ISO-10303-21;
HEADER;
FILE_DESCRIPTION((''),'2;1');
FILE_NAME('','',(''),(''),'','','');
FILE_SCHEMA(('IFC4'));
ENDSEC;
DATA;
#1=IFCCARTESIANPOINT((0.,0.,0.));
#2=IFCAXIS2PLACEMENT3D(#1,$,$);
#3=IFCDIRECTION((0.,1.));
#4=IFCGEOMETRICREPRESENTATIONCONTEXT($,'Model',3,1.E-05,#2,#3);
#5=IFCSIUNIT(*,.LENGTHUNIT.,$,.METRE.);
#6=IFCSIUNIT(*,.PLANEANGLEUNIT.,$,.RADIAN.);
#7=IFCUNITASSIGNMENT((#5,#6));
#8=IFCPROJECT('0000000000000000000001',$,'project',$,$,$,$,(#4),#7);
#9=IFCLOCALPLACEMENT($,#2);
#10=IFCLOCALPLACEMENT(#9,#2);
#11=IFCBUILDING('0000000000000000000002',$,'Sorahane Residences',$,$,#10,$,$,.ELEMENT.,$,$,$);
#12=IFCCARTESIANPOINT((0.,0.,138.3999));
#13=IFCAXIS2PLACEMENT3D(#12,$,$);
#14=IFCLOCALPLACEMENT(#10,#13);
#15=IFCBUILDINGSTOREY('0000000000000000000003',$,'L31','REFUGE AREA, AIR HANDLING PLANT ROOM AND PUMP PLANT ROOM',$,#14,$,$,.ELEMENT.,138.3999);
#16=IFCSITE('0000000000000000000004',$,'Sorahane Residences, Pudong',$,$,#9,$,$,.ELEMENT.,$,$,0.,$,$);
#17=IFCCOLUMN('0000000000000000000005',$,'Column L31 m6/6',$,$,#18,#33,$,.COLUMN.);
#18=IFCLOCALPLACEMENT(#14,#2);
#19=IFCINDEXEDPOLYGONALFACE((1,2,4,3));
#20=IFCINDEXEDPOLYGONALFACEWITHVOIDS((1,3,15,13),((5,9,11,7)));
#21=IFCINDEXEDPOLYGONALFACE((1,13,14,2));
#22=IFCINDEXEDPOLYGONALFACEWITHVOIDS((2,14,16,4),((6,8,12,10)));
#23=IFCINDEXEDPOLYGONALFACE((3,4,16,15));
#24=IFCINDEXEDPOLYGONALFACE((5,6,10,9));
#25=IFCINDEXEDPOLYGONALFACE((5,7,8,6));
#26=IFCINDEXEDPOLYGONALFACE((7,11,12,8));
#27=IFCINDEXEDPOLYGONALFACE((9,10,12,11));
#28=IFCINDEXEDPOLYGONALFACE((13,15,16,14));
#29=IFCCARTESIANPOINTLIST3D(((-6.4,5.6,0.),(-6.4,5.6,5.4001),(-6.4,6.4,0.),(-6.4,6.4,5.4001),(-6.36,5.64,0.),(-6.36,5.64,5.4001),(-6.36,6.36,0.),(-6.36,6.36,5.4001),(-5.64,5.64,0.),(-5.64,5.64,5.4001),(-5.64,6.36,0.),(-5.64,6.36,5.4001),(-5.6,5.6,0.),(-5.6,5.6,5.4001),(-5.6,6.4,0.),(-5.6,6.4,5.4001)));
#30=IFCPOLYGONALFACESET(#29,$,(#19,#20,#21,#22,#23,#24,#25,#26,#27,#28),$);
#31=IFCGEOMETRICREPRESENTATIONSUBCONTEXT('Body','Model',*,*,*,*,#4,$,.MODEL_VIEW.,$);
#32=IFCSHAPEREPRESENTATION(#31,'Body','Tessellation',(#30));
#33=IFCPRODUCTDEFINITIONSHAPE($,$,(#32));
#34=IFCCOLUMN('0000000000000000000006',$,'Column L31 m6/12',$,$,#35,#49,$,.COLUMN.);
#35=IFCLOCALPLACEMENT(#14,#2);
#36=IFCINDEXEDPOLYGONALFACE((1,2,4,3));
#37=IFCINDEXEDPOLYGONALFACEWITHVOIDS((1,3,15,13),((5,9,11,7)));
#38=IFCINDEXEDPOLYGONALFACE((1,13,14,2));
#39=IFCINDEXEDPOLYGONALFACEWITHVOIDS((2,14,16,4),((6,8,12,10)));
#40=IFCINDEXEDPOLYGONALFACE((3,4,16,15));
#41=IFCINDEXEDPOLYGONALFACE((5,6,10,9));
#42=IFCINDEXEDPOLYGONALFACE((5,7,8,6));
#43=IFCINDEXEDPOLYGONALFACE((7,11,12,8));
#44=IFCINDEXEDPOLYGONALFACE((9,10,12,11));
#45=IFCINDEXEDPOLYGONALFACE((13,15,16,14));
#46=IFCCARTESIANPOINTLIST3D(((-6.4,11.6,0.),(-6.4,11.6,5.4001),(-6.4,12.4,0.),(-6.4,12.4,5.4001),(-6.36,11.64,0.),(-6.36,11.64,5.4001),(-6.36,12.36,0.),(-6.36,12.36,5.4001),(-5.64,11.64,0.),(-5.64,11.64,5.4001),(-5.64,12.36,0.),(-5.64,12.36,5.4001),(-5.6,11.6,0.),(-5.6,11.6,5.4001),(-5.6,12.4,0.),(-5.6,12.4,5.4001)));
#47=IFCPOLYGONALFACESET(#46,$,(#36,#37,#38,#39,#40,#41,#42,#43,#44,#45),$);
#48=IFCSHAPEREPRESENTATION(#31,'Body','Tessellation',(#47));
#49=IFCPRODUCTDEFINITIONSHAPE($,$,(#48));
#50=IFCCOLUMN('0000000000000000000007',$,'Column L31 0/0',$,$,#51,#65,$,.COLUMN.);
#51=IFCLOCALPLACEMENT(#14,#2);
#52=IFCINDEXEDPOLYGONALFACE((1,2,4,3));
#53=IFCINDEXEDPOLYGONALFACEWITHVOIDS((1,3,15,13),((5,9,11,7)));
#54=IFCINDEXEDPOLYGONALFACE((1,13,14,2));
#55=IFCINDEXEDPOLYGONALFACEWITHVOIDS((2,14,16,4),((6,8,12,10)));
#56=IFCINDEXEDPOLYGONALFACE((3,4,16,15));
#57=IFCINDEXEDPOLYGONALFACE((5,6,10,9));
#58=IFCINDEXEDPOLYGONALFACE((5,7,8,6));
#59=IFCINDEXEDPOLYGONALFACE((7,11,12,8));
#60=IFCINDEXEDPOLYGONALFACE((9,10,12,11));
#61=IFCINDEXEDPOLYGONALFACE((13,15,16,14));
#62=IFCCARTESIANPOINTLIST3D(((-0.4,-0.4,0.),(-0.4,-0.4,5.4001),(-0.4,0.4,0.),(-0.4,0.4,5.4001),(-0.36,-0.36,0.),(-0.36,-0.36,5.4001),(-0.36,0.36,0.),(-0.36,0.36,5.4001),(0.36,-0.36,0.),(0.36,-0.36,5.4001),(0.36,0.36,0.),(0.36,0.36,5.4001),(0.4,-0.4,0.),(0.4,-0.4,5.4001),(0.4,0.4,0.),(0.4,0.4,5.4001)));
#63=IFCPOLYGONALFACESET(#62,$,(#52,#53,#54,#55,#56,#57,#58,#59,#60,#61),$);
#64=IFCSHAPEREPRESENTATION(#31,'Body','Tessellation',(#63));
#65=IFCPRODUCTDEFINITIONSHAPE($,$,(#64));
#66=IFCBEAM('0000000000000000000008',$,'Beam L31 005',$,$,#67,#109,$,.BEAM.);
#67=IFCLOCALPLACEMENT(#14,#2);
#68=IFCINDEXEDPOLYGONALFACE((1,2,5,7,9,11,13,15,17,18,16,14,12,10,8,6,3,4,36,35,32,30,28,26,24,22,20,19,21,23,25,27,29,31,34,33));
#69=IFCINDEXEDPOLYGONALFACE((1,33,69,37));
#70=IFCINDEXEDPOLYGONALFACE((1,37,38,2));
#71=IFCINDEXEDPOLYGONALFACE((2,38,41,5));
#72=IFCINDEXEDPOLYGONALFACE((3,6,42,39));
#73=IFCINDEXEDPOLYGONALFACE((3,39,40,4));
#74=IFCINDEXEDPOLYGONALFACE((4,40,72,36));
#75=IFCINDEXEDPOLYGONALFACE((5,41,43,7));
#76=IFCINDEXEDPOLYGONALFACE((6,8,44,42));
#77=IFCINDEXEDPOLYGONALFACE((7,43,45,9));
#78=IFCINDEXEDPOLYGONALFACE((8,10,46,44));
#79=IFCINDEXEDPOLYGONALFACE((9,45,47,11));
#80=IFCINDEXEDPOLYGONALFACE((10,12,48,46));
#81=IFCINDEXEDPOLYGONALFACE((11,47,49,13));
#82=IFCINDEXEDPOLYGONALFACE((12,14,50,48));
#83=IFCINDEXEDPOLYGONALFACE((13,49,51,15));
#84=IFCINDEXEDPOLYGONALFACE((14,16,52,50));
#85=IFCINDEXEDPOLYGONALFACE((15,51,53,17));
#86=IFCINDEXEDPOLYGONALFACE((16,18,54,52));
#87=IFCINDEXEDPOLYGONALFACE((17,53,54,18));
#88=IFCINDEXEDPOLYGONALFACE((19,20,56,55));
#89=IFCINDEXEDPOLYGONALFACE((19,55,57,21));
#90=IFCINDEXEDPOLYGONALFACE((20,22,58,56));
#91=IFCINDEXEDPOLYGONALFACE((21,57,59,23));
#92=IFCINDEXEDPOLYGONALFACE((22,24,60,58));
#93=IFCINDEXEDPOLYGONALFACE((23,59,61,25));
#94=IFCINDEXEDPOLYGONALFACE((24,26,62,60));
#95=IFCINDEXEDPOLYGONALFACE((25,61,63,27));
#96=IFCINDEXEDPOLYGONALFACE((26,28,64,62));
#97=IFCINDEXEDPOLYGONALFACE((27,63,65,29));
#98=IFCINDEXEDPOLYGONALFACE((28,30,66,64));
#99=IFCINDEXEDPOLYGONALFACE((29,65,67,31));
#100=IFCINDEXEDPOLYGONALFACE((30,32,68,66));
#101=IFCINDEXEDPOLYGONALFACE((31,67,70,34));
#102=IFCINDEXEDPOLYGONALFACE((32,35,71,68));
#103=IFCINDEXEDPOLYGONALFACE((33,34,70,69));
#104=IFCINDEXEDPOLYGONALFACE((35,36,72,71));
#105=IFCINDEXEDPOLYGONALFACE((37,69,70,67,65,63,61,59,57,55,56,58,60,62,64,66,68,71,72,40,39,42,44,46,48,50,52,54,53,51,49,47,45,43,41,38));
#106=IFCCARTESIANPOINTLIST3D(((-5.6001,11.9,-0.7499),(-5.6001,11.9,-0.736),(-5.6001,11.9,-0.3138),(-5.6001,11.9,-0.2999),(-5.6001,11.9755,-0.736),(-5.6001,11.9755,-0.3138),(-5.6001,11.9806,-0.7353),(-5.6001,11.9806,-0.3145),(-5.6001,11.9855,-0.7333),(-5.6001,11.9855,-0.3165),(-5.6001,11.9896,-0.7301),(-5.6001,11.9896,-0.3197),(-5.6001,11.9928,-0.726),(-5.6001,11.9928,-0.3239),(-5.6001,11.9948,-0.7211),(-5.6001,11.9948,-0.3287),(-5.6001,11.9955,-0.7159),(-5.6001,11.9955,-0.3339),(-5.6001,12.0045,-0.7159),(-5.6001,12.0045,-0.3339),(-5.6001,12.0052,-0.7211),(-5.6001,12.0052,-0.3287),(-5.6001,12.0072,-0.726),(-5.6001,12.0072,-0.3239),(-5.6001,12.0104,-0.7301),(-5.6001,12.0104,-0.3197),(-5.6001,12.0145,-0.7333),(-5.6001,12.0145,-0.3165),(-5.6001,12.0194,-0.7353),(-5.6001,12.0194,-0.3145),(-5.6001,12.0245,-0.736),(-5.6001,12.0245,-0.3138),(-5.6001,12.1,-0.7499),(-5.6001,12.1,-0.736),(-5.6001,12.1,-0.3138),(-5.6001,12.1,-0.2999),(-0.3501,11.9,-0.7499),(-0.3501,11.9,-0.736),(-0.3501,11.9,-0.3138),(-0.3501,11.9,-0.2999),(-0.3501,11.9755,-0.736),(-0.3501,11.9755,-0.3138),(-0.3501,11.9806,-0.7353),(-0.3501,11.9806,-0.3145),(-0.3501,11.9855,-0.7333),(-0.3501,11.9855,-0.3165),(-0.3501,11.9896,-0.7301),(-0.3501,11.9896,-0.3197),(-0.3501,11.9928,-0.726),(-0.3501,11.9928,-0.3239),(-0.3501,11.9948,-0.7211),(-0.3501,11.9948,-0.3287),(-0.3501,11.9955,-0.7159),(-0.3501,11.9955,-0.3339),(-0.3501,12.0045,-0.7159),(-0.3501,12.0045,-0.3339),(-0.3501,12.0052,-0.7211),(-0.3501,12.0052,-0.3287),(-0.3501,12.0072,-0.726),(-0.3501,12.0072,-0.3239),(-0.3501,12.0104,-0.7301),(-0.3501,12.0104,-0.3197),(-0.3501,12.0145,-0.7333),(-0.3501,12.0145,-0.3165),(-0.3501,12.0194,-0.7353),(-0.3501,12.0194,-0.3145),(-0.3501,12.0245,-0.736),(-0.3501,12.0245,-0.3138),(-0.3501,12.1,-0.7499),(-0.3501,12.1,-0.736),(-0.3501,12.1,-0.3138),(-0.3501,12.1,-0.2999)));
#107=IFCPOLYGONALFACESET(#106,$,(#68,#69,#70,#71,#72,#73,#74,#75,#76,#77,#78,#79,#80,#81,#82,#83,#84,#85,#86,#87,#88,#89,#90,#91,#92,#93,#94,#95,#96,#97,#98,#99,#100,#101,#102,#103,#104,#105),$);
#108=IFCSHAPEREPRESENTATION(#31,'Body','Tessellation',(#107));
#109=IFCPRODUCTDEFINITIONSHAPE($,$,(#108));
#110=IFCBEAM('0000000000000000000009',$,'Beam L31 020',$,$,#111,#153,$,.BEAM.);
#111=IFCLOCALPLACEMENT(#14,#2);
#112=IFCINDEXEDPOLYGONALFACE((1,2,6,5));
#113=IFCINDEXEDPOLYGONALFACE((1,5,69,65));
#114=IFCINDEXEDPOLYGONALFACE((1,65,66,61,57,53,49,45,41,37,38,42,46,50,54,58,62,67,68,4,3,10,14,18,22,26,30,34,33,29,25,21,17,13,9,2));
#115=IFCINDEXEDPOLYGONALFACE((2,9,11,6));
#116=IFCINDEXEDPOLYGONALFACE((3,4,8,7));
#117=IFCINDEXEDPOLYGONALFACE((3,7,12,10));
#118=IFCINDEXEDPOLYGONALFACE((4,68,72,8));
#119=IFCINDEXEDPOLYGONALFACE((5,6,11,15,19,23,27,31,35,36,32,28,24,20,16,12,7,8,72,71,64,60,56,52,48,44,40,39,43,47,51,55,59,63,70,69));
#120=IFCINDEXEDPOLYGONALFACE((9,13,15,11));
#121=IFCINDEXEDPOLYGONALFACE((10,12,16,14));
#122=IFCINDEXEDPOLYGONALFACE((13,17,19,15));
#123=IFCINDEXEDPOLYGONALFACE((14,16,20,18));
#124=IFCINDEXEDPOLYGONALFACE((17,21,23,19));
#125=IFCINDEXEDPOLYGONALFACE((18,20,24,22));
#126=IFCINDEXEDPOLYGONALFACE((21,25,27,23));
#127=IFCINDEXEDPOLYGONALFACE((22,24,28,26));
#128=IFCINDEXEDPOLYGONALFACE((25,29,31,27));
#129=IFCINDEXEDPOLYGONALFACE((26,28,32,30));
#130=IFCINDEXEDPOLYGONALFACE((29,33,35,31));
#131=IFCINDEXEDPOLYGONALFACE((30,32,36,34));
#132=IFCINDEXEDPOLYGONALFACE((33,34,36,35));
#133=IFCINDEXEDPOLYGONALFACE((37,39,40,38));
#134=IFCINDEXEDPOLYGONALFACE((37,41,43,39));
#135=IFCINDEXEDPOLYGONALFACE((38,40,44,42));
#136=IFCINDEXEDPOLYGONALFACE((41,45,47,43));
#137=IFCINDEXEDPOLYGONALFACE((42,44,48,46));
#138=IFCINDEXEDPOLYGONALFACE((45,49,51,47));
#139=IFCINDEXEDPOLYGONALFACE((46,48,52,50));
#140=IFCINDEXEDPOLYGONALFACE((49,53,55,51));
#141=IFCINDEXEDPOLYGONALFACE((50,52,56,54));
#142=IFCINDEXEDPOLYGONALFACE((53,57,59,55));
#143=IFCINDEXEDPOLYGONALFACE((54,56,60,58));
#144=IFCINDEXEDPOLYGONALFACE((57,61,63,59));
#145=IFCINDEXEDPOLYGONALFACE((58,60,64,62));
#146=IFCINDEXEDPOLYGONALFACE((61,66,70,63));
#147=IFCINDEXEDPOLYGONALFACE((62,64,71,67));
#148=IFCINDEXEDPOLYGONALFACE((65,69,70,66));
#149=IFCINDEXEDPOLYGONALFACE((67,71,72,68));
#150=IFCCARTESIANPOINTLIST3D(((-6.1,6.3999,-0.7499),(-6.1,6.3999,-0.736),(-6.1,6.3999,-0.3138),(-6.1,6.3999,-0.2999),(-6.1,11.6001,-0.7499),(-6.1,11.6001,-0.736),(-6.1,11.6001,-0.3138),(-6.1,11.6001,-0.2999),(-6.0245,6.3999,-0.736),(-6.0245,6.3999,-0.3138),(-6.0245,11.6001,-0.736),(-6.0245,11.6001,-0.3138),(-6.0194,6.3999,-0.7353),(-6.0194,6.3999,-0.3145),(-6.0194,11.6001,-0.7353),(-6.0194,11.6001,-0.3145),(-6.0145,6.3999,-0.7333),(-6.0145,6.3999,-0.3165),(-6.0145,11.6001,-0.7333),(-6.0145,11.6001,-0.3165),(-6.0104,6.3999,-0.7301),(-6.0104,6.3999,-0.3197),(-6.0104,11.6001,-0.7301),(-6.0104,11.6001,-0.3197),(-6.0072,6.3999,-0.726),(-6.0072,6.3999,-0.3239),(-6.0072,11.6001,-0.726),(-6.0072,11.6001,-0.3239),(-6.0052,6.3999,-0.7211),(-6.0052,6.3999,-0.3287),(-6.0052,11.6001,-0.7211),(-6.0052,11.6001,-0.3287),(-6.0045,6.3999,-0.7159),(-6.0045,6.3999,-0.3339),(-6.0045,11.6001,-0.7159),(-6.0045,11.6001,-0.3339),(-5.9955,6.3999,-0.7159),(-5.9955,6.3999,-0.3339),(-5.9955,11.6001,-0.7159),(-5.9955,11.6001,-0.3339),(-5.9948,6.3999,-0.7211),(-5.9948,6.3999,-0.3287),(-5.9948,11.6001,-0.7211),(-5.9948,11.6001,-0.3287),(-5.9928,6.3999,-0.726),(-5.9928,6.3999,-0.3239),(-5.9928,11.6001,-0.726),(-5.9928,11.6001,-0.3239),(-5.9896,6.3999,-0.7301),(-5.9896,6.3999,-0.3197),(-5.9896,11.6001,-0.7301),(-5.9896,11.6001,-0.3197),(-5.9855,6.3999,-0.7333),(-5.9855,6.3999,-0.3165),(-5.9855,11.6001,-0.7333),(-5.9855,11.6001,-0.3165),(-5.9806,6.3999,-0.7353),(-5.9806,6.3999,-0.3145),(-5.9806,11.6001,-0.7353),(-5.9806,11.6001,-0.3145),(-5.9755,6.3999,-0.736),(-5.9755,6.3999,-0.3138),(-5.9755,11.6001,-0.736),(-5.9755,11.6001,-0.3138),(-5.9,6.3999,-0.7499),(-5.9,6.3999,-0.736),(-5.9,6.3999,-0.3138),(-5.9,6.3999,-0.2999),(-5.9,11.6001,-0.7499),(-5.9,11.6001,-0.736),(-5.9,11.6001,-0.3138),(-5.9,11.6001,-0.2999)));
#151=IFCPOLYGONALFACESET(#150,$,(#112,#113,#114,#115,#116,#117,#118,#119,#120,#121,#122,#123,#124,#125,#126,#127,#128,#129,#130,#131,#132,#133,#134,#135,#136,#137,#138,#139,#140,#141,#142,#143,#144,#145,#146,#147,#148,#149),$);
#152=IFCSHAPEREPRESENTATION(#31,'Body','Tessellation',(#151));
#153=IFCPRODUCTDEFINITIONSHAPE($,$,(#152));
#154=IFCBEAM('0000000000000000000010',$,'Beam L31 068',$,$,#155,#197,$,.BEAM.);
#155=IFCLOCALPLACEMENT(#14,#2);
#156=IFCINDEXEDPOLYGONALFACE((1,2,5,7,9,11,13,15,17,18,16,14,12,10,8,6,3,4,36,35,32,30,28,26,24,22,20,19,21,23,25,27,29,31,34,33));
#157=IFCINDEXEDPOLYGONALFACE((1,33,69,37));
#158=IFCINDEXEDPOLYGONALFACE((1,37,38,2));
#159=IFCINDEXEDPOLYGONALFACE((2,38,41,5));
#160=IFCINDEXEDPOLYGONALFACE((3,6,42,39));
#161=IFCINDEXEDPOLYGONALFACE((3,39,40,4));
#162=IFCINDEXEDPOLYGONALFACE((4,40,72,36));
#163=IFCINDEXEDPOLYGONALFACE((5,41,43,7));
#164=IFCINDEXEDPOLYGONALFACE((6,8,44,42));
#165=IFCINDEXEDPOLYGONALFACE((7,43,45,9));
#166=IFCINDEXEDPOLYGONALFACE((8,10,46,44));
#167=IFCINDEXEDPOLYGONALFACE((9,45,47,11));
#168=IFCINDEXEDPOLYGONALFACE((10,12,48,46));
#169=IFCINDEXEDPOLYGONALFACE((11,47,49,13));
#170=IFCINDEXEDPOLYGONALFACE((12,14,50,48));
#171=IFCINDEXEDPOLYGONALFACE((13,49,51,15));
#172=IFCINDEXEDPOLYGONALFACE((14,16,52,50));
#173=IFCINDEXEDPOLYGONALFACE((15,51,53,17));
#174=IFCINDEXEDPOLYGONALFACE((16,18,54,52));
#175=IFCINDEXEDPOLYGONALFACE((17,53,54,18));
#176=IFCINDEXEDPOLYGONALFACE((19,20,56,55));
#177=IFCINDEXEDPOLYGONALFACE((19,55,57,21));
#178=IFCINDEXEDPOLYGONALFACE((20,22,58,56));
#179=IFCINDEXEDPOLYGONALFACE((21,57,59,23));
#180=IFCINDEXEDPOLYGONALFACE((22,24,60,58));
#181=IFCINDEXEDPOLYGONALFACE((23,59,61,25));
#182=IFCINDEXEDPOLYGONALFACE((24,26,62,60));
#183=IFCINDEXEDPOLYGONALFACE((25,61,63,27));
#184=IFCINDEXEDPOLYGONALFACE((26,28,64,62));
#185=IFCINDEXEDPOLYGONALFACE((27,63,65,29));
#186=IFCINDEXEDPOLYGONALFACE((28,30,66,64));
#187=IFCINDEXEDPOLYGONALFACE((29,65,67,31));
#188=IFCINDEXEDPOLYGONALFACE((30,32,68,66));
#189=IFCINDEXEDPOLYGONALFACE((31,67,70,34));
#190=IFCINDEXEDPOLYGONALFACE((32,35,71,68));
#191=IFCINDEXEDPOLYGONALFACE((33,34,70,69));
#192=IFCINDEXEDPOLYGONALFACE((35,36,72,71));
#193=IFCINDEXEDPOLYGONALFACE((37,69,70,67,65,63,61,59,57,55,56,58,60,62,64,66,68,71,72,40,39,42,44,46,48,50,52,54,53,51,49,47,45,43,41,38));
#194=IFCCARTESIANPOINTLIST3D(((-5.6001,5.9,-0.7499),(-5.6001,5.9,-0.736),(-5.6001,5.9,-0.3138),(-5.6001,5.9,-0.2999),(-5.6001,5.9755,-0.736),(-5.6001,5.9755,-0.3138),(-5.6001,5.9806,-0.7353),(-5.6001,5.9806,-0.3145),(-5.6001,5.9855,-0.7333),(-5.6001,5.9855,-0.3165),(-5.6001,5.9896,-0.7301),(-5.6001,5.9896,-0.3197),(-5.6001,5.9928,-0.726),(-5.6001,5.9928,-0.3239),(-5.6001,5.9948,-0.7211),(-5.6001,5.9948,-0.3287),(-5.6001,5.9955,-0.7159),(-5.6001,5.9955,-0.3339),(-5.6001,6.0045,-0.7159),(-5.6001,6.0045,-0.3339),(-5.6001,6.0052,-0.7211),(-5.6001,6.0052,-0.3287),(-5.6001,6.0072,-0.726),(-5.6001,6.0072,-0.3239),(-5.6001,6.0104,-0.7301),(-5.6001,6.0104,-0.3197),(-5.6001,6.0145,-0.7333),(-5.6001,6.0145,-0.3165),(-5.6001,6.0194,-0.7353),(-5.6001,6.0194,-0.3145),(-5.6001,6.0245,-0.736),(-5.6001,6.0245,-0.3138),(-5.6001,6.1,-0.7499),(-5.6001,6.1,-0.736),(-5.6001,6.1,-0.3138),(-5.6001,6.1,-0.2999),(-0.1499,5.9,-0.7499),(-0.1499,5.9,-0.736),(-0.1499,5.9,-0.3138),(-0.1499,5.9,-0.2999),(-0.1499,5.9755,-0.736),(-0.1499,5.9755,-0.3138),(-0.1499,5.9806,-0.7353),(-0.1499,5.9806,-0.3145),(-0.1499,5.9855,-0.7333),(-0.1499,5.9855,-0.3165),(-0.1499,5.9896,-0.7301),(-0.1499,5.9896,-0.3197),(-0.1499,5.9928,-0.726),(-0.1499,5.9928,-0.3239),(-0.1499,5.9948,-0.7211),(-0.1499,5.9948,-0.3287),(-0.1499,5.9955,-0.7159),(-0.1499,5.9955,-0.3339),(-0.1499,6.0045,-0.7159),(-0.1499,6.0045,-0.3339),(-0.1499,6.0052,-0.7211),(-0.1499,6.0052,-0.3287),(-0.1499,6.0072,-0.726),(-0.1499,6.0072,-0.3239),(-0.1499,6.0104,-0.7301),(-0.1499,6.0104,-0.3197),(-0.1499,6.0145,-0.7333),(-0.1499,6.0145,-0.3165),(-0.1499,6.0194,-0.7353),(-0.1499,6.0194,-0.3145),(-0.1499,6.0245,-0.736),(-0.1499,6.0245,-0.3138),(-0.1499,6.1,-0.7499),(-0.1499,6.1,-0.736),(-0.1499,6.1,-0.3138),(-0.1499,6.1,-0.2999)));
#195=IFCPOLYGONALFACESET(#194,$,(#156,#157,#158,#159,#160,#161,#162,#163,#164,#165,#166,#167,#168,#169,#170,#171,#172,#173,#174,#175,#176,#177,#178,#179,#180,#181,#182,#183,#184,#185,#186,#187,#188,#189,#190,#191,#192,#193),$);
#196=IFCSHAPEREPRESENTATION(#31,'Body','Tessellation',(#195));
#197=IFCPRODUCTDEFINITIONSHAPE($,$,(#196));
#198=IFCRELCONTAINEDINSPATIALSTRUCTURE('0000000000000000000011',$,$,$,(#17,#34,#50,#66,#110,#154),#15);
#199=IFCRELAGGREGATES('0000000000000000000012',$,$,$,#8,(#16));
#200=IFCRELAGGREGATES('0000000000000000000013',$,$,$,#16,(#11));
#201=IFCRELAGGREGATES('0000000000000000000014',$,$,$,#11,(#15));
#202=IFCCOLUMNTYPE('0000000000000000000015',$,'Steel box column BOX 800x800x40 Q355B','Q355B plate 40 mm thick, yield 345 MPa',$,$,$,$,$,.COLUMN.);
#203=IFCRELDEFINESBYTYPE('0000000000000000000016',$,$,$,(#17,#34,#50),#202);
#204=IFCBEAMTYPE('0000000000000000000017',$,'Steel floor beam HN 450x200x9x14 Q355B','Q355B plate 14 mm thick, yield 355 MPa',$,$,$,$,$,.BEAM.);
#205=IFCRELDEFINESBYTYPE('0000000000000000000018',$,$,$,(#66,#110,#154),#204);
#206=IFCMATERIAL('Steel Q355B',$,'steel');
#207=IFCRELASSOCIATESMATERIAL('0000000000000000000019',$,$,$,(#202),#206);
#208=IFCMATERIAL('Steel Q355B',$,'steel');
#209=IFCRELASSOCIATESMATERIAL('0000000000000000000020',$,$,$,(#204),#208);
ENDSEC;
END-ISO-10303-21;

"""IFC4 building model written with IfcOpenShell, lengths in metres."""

from ifc_helpers import new_model, si_unit, direction, frame, origin, origin_2d, place, context, subcontext, project, spatial, hollow_rectangle, i_section, extrude, material, material_profile, profile_set, type_object, element, save


model = new_model("IFC4")

# Units and contexts
model_context = context("Model", 3, precision=1e-05, world=origin(), true_north=direction((0.0, 1.0)))
body_context = subcontext(model_context, "Body", "Model", "MODEL_VIEW")
ifc_project = project(units=[si_unit("LENGTHUNIT", "METRE"), si_unit("PLANEANGLEUNIT", "RADIAN")], contexts=[model_context])

# Site, building, storey
site_placement = place(None, origin())
site = spatial("IfcSite", under=ifc_project, at=site_placement, Name="Sorahane Residences, Pudong", CompositionType="ELEMENT", RefElevation=0.0)
building_placement = place(site_placement, origin())
building = spatial("IfcBuilding", under=site, at=building_placement, Name="Sorahane Residences", CompositionType="ELEMENT")
storey_placement = place(building_placement, frame((0.0, 0.0, 138.3999)))
storey = spatial("IfcBuildingStorey", under=building, at=storey_placement, Name="L31", Description="REFUGE AREA, AIR HANDLING PLANT ROOM AND PUMP PLANT ROOM", CompositionType="ELEMENT", Elevation=138.3999)

# Columns
ifc_material_1 = material(Name="Steel Q355B", Category="steel")
ifc_material_profile_1 = material_profile(ifc_material_1, hollow_rectangle(XDim=0.8, YDim=0.8, WallThickness=0.04, at=origin_2d()), Name="BOX 800x800x40")
ifc_profile_set_1 = profile_set([ifc_material_profile_1], Name="Steel Q355B")
column_type = type_object("IfcColumnType", Name="Steel box column BOX 800x800x40 Q355B", Description="Q355B plate 40 mm thick, yield 345 MPa", PredefinedType="COLUMN", material=ifc_profile_set_1)
for number, where, z_axis, x_axis, name in (
    (1, (-6.0, 6.0, 0.0), (0.0, 0.0, 1.0), (1.0, 0.0, 0.0), "Column L31 m6/6"),
    (2, (-6.0, 12.0, 0.0), (0.0, 0.0, 1.0), (1.0, 0.0, 0.0), "Column L31 m6/12"),
    (3, (0.0, 0.0, 0.0), (0.0, 0.0, 1.0), (1.0, 0.0, 0.0), "Column L31 0/0"),
):
    element("IfcColumn", number, at=place(storey_placement, frame(where, z_axis=z_axis, x_axis=x_axis)), inside=storey, type_object=column_type, Name=name, PredefinedType="COLUMN", context=body_context, shape_type="SweptSolid", body=[
        extrude(hollow_rectangle(XDim=0.8, YDim=0.8, WallThickness=0.04, at=origin_2d()), origin(), (0.0, 0.0, 1.0), 5.4001),
    ])

# Beams
ifc_material_2 = material(Name="Steel Q355B", Category="steel")
ifc_material_profile_2 = material_profile(ifc_material_2, i_section(OverallWidth=0.2, OverallDepth=0.45, WebThickness=0.009, FlangeThickness=0.0139, FilletRadius=0.02, at=origin_2d()), Name="HN 450x200x9x14")
ifc_profile_set_2 = profile_set([ifc_material_profile_2], Name="Steel Q355B")
beam_type = type_object("IfcBeamType", Name="Steel floor beam HN 450x200x9x14 Q355B", Description="Q355B plate 14 mm thick, yield 355 MPa", PredefinedType="BEAM", material=ifc_profile_set_2)
beam_1_placement = place(storey_placement, frame((-5.6001, 12.0, -0.5249), z_axis=(1.0, 0.0, 0.0), x_axis=(0.0, 1.0, 0.0)))
element("IfcBeam", 4, at=beam_1_placement, inside=storey, type_object=beam_type, Name="Beam L31 005", PredefinedType="BEAM", context=body_context, shape_type="SweptSolid", body=[
    extrude(i_section(OverallWidth=0.2, OverallDepth=0.45, WebThickness=0.009, FlangeThickness=0.0139, FilletRadius=0.02, at=origin_2d()), origin(), (0.0, 0.0, 1.0), 5.25),
])
beam_2_placement = place(storey_placement, frame((-6.0, 6.3999, -0.5249), z_axis=(0.0, 1.0, 0.0), x_axis=(-1.0, 0.0, 0.0)))
element("IfcBeam", 5, at=beam_2_placement, inside=storey, type_object=beam_type, Name="Beam L31 020", PredefinedType="BEAM", context=body_context, shape_type="SweptSolid", body=[
    extrude(i_section(OverallWidth=0.2, OverallDepth=0.45, WebThickness=0.009, FlangeThickness=0.0139, FilletRadius=0.02, at=origin_2d()), origin(), (0.0, 0.0, 1.0), 5.2002),
])
beam_3_placement = place(storey_placement, frame((-5.6001, 6.0, -0.5249), z_axis=(1.0, 0.0, 0.0), x_axis=(0.0, 1.0, 0.0)))
element("IfcBeam", 6, at=beam_3_placement, inside=storey, type_object=beam_type, Name="Beam L31 068", PredefinedType="BEAM", context=body_context, shape_type="SweptSolid", body=[
    extrude(i_section(OverallWidth=0.2, OverallDepth=0.45, WebThickness=0.009, FlangeThickness=0.0139, FilletRadius=0.02, at=origin_2d()), origin(), (0.0, 0.0, 1.0), 5.4502),
])

save(model, "model.ifc")
